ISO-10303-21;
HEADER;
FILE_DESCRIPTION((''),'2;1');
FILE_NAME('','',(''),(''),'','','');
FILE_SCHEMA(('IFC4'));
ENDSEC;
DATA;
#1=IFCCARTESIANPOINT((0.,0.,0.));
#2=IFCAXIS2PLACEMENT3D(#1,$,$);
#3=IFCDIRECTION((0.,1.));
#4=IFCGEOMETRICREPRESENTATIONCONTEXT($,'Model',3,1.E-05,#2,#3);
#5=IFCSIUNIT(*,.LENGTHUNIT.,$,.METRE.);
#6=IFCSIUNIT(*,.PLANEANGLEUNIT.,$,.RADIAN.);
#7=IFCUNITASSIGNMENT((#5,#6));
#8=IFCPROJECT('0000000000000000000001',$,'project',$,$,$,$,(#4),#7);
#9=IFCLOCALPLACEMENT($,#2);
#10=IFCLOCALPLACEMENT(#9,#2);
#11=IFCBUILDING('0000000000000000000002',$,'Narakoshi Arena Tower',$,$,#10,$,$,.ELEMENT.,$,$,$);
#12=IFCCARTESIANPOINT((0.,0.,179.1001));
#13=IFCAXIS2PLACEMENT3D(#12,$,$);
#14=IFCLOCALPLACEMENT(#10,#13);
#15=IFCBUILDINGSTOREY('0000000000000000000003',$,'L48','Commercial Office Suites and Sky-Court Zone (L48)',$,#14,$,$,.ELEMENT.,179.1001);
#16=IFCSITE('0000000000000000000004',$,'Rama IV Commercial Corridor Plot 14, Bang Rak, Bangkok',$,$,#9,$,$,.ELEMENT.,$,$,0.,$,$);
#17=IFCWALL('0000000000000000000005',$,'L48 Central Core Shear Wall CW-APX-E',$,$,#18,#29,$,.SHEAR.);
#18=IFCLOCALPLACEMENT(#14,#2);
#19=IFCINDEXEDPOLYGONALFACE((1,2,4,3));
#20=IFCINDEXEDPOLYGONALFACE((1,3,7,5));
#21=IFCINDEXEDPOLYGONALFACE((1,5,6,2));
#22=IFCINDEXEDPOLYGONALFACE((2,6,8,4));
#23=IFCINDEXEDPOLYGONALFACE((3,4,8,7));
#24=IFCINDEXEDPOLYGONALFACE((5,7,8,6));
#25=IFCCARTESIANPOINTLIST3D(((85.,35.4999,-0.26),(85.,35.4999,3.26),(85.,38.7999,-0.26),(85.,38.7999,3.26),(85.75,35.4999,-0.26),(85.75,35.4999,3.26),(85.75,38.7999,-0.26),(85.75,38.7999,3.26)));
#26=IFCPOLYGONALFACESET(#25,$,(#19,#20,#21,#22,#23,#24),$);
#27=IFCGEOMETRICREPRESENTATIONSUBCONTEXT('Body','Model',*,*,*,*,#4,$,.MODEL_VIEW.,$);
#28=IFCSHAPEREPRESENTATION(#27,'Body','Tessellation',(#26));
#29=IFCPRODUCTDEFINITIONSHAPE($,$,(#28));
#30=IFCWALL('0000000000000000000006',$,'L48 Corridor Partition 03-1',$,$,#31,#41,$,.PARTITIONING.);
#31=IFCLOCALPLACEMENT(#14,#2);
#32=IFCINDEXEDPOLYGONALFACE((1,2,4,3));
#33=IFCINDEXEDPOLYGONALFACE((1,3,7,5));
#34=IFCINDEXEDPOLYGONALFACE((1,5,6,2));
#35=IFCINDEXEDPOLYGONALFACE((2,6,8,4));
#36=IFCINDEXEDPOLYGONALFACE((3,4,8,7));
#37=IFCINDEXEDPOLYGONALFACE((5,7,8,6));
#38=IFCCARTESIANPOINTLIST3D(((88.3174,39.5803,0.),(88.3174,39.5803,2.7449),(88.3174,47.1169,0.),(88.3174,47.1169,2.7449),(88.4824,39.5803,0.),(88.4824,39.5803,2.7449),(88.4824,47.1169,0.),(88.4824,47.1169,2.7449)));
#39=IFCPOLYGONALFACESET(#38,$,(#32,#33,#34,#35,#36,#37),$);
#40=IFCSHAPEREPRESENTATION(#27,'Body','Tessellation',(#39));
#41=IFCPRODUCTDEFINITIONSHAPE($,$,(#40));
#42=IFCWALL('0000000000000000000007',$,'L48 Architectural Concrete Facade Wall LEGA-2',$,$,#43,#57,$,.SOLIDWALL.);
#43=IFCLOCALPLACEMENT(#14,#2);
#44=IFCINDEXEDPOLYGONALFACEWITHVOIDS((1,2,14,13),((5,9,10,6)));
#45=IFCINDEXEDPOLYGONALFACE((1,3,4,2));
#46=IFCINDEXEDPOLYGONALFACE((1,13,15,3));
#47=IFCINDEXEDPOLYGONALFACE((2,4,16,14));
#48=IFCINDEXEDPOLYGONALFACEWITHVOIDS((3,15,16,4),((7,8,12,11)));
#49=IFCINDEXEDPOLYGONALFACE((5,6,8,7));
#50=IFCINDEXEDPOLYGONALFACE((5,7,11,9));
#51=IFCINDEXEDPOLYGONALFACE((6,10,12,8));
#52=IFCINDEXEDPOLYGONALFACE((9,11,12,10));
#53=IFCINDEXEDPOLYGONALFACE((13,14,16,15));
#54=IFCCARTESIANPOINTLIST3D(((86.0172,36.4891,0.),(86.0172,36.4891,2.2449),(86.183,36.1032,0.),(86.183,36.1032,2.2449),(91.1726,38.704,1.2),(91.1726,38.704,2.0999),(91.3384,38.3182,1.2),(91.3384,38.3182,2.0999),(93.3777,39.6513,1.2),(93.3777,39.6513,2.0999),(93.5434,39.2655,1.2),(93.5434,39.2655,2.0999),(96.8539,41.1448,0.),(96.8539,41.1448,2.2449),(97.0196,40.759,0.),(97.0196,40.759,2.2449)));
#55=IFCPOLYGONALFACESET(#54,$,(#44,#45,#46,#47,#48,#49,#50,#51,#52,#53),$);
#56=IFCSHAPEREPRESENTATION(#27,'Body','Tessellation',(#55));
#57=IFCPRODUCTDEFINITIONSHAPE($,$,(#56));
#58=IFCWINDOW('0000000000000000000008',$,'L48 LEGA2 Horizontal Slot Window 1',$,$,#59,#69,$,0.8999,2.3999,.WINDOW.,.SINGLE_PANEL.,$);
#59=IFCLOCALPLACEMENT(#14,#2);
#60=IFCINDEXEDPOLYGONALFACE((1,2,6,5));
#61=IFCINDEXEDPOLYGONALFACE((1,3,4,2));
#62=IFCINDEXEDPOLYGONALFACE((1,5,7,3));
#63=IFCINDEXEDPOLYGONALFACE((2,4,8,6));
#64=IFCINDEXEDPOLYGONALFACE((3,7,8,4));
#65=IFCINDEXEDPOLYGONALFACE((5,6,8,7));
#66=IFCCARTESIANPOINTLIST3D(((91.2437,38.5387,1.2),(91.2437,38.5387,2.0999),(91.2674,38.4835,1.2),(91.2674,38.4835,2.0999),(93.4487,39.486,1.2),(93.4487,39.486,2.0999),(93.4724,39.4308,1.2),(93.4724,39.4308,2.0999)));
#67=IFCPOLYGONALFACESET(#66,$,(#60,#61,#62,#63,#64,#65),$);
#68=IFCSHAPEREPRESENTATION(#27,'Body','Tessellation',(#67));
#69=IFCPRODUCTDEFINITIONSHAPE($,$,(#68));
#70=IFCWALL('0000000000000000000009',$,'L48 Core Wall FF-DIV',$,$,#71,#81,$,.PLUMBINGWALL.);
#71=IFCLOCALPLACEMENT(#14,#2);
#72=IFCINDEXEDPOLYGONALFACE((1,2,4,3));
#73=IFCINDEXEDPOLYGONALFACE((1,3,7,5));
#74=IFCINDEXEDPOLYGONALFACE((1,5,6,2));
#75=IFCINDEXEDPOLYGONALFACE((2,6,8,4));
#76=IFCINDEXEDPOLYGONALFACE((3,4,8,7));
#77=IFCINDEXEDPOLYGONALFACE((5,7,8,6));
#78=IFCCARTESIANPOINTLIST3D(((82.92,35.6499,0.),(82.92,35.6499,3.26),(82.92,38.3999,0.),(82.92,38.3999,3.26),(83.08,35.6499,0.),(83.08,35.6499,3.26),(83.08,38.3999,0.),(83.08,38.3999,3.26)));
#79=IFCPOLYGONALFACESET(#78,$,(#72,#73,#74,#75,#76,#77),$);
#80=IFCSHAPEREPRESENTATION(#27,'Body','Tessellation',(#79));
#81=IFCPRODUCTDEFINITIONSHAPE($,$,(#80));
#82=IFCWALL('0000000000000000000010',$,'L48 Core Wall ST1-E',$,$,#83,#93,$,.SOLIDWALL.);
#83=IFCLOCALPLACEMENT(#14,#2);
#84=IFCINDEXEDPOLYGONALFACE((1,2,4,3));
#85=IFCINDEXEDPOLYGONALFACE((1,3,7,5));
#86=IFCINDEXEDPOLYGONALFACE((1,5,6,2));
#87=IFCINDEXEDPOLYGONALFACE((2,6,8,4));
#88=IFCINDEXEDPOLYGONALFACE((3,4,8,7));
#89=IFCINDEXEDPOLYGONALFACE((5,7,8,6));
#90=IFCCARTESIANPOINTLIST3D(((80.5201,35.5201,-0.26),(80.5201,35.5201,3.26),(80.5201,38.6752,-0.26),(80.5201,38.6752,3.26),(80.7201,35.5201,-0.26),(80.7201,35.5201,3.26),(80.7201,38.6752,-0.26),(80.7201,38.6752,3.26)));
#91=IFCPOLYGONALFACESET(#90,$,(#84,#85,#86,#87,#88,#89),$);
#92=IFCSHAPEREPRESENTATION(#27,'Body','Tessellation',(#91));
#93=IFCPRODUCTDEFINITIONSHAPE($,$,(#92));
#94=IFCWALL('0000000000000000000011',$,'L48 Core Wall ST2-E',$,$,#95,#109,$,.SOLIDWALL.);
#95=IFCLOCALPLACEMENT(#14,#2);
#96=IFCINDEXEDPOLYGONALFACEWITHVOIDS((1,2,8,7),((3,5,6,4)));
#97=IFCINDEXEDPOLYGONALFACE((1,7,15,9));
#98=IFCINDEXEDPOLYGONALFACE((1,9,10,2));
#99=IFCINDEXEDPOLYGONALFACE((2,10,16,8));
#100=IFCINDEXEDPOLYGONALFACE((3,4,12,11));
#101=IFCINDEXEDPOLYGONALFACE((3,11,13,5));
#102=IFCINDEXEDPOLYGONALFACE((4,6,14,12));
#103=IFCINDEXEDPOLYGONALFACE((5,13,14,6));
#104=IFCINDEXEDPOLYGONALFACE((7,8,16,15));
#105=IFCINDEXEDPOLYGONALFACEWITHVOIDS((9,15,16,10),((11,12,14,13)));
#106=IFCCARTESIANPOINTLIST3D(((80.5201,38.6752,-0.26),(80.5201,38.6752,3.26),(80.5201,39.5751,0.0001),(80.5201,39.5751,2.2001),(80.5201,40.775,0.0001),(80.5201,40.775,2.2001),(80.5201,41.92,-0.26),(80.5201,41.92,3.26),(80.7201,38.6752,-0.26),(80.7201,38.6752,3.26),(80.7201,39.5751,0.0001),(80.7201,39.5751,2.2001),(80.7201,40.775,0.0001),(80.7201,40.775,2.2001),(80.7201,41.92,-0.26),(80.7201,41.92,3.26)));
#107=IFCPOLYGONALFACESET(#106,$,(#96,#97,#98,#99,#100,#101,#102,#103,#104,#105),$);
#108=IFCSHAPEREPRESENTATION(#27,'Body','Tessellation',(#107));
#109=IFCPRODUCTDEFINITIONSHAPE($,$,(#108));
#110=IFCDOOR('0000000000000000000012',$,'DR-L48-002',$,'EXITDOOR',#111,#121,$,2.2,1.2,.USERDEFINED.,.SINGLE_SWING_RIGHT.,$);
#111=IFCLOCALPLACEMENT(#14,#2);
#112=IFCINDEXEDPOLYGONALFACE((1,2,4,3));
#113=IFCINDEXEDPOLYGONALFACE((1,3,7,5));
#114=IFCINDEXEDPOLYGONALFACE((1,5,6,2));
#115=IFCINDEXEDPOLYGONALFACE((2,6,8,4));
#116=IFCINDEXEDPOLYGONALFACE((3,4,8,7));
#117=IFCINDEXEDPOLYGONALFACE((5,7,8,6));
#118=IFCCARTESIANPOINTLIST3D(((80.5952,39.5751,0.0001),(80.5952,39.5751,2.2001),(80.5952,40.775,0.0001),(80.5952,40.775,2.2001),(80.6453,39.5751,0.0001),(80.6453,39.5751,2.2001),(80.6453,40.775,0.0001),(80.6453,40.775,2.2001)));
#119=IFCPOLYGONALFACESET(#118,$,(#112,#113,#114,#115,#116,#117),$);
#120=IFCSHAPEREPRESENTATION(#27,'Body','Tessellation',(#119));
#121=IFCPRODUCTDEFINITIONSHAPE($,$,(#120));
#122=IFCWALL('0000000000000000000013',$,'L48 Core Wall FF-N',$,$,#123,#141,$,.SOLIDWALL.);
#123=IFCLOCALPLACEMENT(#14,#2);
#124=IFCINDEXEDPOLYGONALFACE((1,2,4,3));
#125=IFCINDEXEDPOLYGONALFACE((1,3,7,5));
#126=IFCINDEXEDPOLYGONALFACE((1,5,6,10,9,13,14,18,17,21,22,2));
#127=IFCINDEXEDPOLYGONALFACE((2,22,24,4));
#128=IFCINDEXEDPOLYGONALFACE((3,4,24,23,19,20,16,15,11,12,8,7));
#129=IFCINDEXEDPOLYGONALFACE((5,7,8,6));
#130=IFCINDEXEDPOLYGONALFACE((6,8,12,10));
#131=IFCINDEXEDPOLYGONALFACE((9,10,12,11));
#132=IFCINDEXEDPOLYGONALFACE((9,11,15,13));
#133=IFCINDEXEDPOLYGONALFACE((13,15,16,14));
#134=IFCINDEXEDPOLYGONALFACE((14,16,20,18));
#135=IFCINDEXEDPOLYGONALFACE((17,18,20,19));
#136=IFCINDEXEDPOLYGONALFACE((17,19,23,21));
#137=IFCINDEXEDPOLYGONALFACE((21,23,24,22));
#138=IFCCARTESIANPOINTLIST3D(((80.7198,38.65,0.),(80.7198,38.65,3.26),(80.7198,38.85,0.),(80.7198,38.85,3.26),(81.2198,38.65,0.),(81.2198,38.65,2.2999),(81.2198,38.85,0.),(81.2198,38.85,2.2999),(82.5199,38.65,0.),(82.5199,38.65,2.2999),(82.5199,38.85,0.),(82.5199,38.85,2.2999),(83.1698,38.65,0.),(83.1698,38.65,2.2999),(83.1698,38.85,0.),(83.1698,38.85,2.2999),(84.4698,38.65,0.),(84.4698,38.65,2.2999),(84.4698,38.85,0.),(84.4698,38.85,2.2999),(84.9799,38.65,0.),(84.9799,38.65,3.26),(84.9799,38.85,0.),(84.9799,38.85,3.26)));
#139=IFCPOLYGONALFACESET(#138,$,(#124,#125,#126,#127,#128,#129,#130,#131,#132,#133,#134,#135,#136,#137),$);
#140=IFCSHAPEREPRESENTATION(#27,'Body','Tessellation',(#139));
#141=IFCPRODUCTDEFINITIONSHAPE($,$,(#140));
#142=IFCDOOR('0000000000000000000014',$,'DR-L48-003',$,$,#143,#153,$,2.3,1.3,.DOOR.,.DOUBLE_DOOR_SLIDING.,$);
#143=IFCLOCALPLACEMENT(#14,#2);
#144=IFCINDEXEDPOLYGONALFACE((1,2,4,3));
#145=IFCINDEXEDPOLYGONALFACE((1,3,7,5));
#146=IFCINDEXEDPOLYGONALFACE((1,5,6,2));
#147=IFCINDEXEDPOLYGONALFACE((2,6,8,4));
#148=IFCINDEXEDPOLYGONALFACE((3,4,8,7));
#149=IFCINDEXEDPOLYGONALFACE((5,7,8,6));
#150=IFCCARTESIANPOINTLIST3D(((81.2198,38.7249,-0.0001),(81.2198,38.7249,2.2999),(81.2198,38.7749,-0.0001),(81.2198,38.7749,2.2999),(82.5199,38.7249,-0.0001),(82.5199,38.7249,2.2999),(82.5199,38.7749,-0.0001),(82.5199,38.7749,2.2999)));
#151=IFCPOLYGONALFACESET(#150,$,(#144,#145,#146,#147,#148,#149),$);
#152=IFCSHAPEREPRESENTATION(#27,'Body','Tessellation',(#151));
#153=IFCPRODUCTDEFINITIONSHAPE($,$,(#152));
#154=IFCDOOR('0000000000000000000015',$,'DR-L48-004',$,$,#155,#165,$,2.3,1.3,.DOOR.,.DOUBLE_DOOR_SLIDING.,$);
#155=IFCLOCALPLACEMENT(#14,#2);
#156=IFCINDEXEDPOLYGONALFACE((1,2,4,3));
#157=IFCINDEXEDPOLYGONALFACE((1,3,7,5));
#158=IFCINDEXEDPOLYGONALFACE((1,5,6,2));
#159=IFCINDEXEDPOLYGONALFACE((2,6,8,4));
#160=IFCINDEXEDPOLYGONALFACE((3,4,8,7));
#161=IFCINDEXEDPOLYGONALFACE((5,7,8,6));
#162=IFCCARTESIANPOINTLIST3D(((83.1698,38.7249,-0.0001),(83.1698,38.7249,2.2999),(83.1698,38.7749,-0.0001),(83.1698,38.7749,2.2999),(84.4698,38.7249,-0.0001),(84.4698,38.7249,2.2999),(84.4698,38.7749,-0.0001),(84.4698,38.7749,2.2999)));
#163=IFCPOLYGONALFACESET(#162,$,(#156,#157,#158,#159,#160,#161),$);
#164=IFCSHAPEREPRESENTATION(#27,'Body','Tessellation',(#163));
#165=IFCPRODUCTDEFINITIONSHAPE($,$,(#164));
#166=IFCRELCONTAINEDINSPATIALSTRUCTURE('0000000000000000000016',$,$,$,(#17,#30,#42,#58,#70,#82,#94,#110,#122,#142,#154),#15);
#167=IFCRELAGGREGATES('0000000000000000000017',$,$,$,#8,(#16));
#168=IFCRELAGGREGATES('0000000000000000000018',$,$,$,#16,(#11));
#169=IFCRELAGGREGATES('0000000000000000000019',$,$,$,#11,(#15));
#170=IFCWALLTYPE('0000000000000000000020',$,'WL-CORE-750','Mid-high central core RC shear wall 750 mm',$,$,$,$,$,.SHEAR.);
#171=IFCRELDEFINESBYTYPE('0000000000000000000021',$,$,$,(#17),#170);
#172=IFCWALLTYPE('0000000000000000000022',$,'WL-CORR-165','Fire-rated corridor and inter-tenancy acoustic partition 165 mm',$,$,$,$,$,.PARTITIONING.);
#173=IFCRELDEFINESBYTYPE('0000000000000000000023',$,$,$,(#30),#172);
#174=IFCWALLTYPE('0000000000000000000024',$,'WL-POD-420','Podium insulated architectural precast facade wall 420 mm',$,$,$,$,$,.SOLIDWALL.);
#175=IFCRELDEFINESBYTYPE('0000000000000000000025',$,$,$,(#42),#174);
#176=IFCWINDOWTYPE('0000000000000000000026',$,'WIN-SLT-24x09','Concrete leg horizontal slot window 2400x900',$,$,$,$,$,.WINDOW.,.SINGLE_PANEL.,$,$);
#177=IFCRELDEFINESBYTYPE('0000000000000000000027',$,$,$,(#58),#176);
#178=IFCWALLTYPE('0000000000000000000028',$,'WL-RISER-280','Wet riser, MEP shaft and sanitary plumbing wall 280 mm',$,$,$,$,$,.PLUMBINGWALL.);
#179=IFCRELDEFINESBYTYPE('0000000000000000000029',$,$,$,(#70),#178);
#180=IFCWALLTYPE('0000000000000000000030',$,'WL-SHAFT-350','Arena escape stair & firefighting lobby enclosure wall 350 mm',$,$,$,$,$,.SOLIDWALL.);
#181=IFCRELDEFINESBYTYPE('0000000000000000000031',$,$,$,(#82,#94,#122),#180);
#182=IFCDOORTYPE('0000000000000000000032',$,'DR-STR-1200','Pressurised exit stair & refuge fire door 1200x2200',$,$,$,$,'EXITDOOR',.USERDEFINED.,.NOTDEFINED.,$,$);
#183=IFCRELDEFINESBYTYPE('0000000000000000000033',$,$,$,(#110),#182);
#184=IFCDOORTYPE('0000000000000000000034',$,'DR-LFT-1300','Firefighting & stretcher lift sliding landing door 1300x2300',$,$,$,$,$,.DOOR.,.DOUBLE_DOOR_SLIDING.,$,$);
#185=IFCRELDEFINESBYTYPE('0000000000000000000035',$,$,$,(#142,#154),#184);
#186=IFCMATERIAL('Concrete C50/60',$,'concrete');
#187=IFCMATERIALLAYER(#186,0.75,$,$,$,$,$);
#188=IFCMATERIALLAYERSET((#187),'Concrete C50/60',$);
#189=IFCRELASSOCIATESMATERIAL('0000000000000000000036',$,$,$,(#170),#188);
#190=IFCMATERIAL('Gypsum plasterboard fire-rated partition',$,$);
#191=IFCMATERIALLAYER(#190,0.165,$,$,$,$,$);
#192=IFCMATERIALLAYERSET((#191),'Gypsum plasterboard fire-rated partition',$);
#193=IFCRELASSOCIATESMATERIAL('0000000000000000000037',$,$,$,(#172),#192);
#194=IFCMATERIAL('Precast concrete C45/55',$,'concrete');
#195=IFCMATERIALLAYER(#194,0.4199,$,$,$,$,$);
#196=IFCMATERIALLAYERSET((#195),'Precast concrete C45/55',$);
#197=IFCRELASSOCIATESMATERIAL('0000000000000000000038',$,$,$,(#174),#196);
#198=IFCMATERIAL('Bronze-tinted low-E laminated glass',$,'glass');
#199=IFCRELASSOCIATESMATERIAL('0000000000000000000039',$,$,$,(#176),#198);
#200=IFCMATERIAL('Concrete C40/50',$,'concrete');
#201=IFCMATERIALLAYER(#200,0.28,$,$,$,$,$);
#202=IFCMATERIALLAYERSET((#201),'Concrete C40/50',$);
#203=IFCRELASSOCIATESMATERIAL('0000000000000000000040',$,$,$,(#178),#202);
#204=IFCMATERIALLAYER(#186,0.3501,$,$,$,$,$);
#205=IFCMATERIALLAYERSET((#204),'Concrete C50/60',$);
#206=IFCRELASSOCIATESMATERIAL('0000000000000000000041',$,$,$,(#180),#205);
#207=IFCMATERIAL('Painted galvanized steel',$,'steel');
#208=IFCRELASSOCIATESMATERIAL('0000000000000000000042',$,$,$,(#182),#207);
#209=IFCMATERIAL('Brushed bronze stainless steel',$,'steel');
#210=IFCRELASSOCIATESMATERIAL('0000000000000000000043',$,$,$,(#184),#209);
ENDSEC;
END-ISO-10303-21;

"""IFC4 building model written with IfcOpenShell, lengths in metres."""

from ifc_helpers import new_model, si_unit, direction, frame, frame_2d, origin, place, context, subcontext, project, spatial, rectangle, extrude, material, layer, layer_set, type_object, element, fill, save


model = new_model("IFC4")

# Units and contexts
model_context = context("Model", 3, precision=1e-05, world=origin(), true_north=direction((0.0, 1.0)))
body_context = subcontext(model_context, "Body", "Model", "MODEL_VIEW")
ifc_project = project(units=[si_unit("LENGTHUNIT", "METRE"), si_unit("PLANEANGLEUNIT", "RADIAN")], contexts=[model_context])

# Site, building, storey
site_placement = place(None, origin())
site = spatial("IfcSite", under=ifc_project, at=site_placement, Name="Rama IV Commercial Corridor Plot 14, Bang Rak, Bangkok", CompositionType="ELEMENT", RefElevation=0.0)
building_placement = place(site_placement, origin())
building = spatial("IfcBuilding", under=site, at=building_placement, Name="Narakoshi Arena Tower", CompositionType="ELEMENT")
storey_placement = place(building_placement, frame((0.0, 0.0, 179.1001)))
storey = spatial("IfcBuildingStorey", under=building, at=storey_placement, Name="L48", Description="Commercial Office Suites and Sky-Court Zone (L48)", CompositionType="ELEMENT", Elevation=179.1001)

# Walls
ifc_material_1 = material(Name="Concrete C50/60", Category="concrete")
ifc_layer_1 = layer(ifc_material_1, 0.75)
ifc_layer_set_1 = layer_set([ifc_layer_1], Name="Concrete C50/60")
wall_type_1 = type_object("IfcWallType", Name="WL-CORE-750", Description="Mid-high central core RC shear wall 750 mm", PredefinedType="SHEAR", material=ifc_layer_set_1)
wall_1_placement = place(storey_placement, frame((85.375, 35.5, -0.26), z_axis=(0.0, 0.0, 1.0), x_axis=(0.0, 1.0, 0.0)))
element("IfcWall", 1, at=wall_1_placement, inside=storey, type_object=wall_type_1, Name="L48 Central Core Shear Wall CW-APX-E", PredefinedType="SHEAR", context=body_context, shape_type="SweptSolid", body=[
    extrude(rectangle(XDim=3.3, YDim=0.75, at=frame_2d((1.6499, 0.0))), origin(), (0.0, 0.0, 1.0), 3.52),
])
ifc_material_2 = material(Name="Gypsum plasterboard fire-rated partition")
ifc_layer_2 = layer(ifc_material_2, 0.165)
ifc_layer_set_2 = layer_set([ifc_layer_2], Name="Gypsum plasterboard fire-rated partition")
wall_type_2 = type_object("IfcWallType", Name="WL-CORR-165", Description="Fire-rated corridor and inter-tenancy acoustic partition 165 mm", PredefinedType="PARTITIONING", material=ifc_layer_set_2)
wall_2_placement = place(storey_placement, frame((88.3999, 39.5803, 0.0), z_axis=(0.0, 0.0, 1.0), x_axis=(0.0, 1.0, 0.0)))
element("IfcWall", 2, at=wall_2_placement, inside=storey, type_object=wall_type_2, Name="L48 Corridor Partition 03-1", PredefinedType="PARTITIONING", context=body_context, shape_type="SweptSolid", body=[
    extrude(rectangle(XDim=7.5366, YDim=0.165, at=frame_2d((3.7683, 0.0))), origin(), (0.0, 0.0, 1.0), 2.7449),
])

# Wall, opening, window
ifc_material_3 = material(Name="Precast concrete C45/55", Category="concrete")
ifc_layer_3 = layer(ifc_material_3, 0.4199)
ifc_layer_set_3 = layer_set([ifc_layer_3], Name="Precast concrete C45/55")
wall_type_3 = type_object("IfcWallType", Name="WL-POD-420", Description="Podium insulated architectural precast facade wall 420 mm", PredefinedType="SOLIDWALL", material=ifc_layer_set_3)
wall_3_placement = place(storey_placement, frame((86.1001, 36.2961, 0.0), z_axis=(0.0, 0.0, 1.0), x_axis=(0.918792, 0.394741, 0.0)))
wall_3 = element("IfcWall", 3, at=wall_3_placement, inside=storey, type_object=wall_type_3, Name="L48 Architectural Concrete Facade Wall LEGA-2", PredefinedType="SOLIDWALL", context=body_context, shape_type="SweptSolid", body=[
    extrude(rectangle(XDim=11.7944, YDim=0.4199, at=frame_2d((5.8972, 0.0))), origin(), (0.0, 0.0, 1.0), 2.2449),
])
opening_1_placement = place(wall_3_placement, frame((5.6111, 0.0, 1.2)))
opening_1 = element("IfcOpeningElement", 4, at=opening_1_placement, cuts=wall_3, PredefinedType="OPENING", context=body_context, shape_type="SweptSolid", body=[
    extrude(rectangle(XDim=2.3999, YDim=0.8999, at=frame_2d((1.2, 0.45))), frame((0.0, 0.22, 0.0), z_axis=(0.0, -1.0, 0.0), x_axis=(1.0, 0.0, 0.0)), (0.0, 0.0, 1.0), 0.4399),
])
ifc_material_4 = material(Name="Bronze-tinted low-E laminated glass", Category="glass")
window_type = type_object("IfcWindowType", Name="WIN-SLT-24x09", Description="Concrete leg horizontal slot window 2400x900", PartitioningType="SINGLE_PANEL", PredefinedType="WINDOW", material=ifc_material_4)
window_placement = place(opening_1_placement, origin())
window = element("IfcWindow", 5, at=window_placement, inside=storey, type_object=window_type, Name="L48 LEGA2 Horizontal Slot Window 1", OverallHeight=0.8999, OverallWidth=2.3999, PartitioningType="SINGLE_PANEL", PredefinedType="WINDOW", context=body_context, shape_type="SweptSolid", body=[
    extrude(rectangle(XDim=2.3999, YDim=0.8999, at=frame_2d((1.2, 0.45))), frame((0.0, 0.03, 0.0), z_axis=(0.0, -1.0, 0.0), x_axis=(1.0, 0.0, 0.0)), (0.0, 0.0, 1.0), 0.0601),
])
fill(opening_1, window)

# Walls
ifc_material_5 = material(Name="Concrete C40/50", Category="concrete")
ifc_layer_4 = layer(ifc_material_5, 0.28)
ifc_layer_set_4 = layer_set([ifc_layer_4], Name="Concrete C40/50")
wall_type_4 = type_object("IfcWallType", Name="WL-RISER-280", Description="Wet riser, MEP shaft and sanitary plumbing wall 280 mm", PredefinedType="PLUMBINGWALL", material=ifc_layer_set_4)
wall_4_placement = place(storey_placement, frame((83.0, 35.6499, 0.0), z_axis=(0.0, 0.0, 1.0), x_axis=(0.0, 1.0, 0.0)))
element("IfcWall", 6, at=wall_4_placement, inside=storey, type_object=wall_type_4, Name="L48 Core Wall FF-DIV", PredefinedType="PLUMBINGWALL", context=body_context, shape_type="SweptSolid", body=[
    extrude(rectangle(XDim=2.75, YDim=0.1599, at=frame_2d((1.375, 0.0))), origin(), (0.0, 0.0, 1.0), 3.26),
])
ifc_layer_5 = layer(ifc_material_1, 0.3501)
ifc_layer_set_5 = layer_set([ifc_layer_5], Name="Concrete C50/60")
wall_type_5 = type_object("IfcWallType", Name="WL-SHAFT-350", Description="Arena escape stair & firefighting lobby enclosure wall 350 mm", PredefinedType="SOLIDWALL", material=ifc_layer_set_5)
wall_5_placement = place(storey_placement, frame((80.6201, 35.52, -0.26), z_axis=(0.0, 0.0, 1.0), x_axis=(0.0, 1.0, 0.0)))
element("IfcWall", 7, at=wall_5_placement, inside=storey, type_object=wall_type_5, Name="L48 Core Wall ST1-E", PredefinedType="SOLIDWALL", context=body_context, shape_type="SweptSolid", body=[
    extrude(rectangle(XDim=3.155, YDim=0.2, at=frame_2d((1.5776, 0.0))), origin(), (0.0, 0.0, 1.0), 3.52),
])

# Wall, opening, door
wall_6_placement = place(storey_placement, frame((80.6201, 38.675, -0.26), z_axis=(0.0, 0.0, 1.0), x_axis=(0.0, 1.0, 0.0)))
wall_6 = element("IfcWall", 8, at=wall_6_placement, inside=storey, type_object=wall_type_5, Name="L48 Core Wall ST2-E", PredefinedType="SOLIDWALL", context=body_context, shape_type="SweptSolid", body=[
    extrude(rectangle(XDim=3.2449, YDim=0.2, at=frame_2d((1.6226, 0.0))), origin(), (0.0, 0.0, 1.0), 3.52),
])
opening_2_placement = place(wall_6_placement, frame((0.8999, 0.0, 0.26)))
opening_2 = element("IfcOpeningElement", 9, at=opening_2_placement, cuts=wall_6, PredefinedType="OPENING", context=body_context, shape_type="SweptSolid", body=[
    extrude(rectangle(XDim=1.2, YDim=2.2, at=frame_2d((0.6001, 1.1001))), frame((0.0, 0.1099, 0.0), z_axis=(0.0, -1.0, 0.0), x_axis=(1.0, 0.0, 0.0)), (0.0, 0.0, 1.0), 0.22),
])
ifc_material_6 = material(Name="Painted galvanized steel", Category="steel")
door_type_1 = type_object("IfcDoorType", Name="DR-STR-1200", Description="Pressurised exit stair & refuge fire door 1200x2200", ElementType="EXITDOOR", OperationType="NOTDEFINED", PredefinedType="USERDEFINED", material=ifc_material_6)
door_1_placement = place(opening_2_placement, origin())
door_1 = element("IfcDoor", 10, at=door_1_placement, inside=storey, type_object=door_type_1, Name="DR-L48-002", ObjectType="EXITDOOR", OperationType="SINGLE_SWING_RIGHT", OverallHeight=2.2, OverallWidth=1.2, PredefinedType="USERDEFINED", context=body_context, shape_type="SweptSolid", body=[
    extrude(rectangle(XDim=1.2, YDim=2.2, at=frame_2d((0.6001, 1.1001))), frame((0.0, 0.0249, 0.0), z_axis=(0.0, -1.0, 0.0), x_axis=(1.0, 0.0, 0.0)), (0.0, 0.0, 1.0), 0.05),
])
fill(opening_2, door_1)

# Wall, openings, doors
wall_7_placement = place(storey_placement, frame((80.72, 38.75, 0.0), z_axis=(0.0, 0.0, 1.0), x_axis=(1.0, 0.0, 0.0)))
wall_7 = element("IfcWall", 11, at=wall_7_placement, inside=storey, type_object=wall_type_5, Name="L48 Core Wall FF-N", PredefinedType="SOLIDWALL", context=body_context, shape_type="SweptSolid", body=[
    extrude(rectangle(XDim=4.26, YDim=0.2, at=frame_2d((2.1299, 0.0))), origin(), (0.0, 0.0, 1.0), 3.26),
])
opening_3_placement = place(wall_7_placement, frame((0.5, 0.0, 0.0)))
opening_3 = element("IfcOpeningElement", 12, at=opening_3_placement, cuts=wall_7, PredefinedType="OPENING", context=body_context, shape_type="SweptSolid", body=[
    extrude(rectangle(XDim=1.3, YDim=2.3, at=frame_2d((0.6499, 1.1499))), frame((0.0, 0.1099, 0.0), z_axis=(0.0, -1.0, 0.0), x_axis=(1.0, 0.0, 0.0)), (0.0, 0.0, 1.0), 0.22),
])
opening_4_placement = place(wall_7_placement, frame((2.45, 0.0, 0.0)))
opening_4 = element("IfcOpeningElement", 13, at=opening_4_placement, cuts=wall_7, PredefinedType="OPENING", context=body_context, shape_type="SweptSolid", body=[
    extrude(rectangle(XDim=1.3, YDim=2.3, at=frame_2d((0.6499, 1.1499))), frame((0.0, 0.1099, 0.0), z_axis=(0.0, -1.0, 0.0), x_axis=(1.0, 0.0, 0.0)), (0.0, 0.0, 1.0), 0.22),
])
ifc_material_7 = material(Name="Brushed bronze stainless steel", Category="steel")
door_type_2 = type_object("IfcDoorType", Name="DR-LFT-1300", Description="Firefighting & stretcher lift sliding landing door 1300x2300", OperationType="DOUBLE_DOOR_SLIDING", PredefinedType="DOOR", material=ifc_material_7)
door_2_placement = place(opening_3_placement, origin())
door_2 = element("IfcDoor", 14, at=door_2_placement, inside=storey, type_object=door_type_2, Name="DR-L48-003", OperationType="DOUBLE_DOOR_SLIDING", OverallHeight=2.3, OverallWidth=1.3, PredefinedType="DOOR", context=body_context, shape_type="SweptSolid", body=[
    extrude(rectangle(XDim=1.3, YDim=2.3, at=frame_2d((0.6499, 1.1499))), frame((0.0, 0.0249, 0.0), z_axis=(0.0, -1.0, 0.0), x_axis=(1.0, 0.0, 0.0)), (0.0, 0.0, 1.0), 0.05),
])
fill(opening_3, door_2)
door_3_placement = place(opening_4_placement, origin())
door_3 = element("IfcDoor", 15, at=door_3_placement, inside=storey, type_object=door_type_2, Name="DR-L48-004", OperationType="DOUBLE_DOOR_SLIDING", OverallHeight=2.3, OverallWidth=1.3, PredefinedType="DOOR", context=body_context, shape_type="SweptSolid", body=[
    extrude(rectangle(XDim=1.3, YDim=2.3, at=frame_2d((0.6499, 1.1499))), frame((0.0, 0.0249, 0.0), z_axis=(0.0, -1.0, 0.0), x_axis=(1.0, 0.0, 0.0)), (0.0, 0.0, 1.0), 0.05),
])
fill(opening_4, door_3)

save(model, "model.ifc")
